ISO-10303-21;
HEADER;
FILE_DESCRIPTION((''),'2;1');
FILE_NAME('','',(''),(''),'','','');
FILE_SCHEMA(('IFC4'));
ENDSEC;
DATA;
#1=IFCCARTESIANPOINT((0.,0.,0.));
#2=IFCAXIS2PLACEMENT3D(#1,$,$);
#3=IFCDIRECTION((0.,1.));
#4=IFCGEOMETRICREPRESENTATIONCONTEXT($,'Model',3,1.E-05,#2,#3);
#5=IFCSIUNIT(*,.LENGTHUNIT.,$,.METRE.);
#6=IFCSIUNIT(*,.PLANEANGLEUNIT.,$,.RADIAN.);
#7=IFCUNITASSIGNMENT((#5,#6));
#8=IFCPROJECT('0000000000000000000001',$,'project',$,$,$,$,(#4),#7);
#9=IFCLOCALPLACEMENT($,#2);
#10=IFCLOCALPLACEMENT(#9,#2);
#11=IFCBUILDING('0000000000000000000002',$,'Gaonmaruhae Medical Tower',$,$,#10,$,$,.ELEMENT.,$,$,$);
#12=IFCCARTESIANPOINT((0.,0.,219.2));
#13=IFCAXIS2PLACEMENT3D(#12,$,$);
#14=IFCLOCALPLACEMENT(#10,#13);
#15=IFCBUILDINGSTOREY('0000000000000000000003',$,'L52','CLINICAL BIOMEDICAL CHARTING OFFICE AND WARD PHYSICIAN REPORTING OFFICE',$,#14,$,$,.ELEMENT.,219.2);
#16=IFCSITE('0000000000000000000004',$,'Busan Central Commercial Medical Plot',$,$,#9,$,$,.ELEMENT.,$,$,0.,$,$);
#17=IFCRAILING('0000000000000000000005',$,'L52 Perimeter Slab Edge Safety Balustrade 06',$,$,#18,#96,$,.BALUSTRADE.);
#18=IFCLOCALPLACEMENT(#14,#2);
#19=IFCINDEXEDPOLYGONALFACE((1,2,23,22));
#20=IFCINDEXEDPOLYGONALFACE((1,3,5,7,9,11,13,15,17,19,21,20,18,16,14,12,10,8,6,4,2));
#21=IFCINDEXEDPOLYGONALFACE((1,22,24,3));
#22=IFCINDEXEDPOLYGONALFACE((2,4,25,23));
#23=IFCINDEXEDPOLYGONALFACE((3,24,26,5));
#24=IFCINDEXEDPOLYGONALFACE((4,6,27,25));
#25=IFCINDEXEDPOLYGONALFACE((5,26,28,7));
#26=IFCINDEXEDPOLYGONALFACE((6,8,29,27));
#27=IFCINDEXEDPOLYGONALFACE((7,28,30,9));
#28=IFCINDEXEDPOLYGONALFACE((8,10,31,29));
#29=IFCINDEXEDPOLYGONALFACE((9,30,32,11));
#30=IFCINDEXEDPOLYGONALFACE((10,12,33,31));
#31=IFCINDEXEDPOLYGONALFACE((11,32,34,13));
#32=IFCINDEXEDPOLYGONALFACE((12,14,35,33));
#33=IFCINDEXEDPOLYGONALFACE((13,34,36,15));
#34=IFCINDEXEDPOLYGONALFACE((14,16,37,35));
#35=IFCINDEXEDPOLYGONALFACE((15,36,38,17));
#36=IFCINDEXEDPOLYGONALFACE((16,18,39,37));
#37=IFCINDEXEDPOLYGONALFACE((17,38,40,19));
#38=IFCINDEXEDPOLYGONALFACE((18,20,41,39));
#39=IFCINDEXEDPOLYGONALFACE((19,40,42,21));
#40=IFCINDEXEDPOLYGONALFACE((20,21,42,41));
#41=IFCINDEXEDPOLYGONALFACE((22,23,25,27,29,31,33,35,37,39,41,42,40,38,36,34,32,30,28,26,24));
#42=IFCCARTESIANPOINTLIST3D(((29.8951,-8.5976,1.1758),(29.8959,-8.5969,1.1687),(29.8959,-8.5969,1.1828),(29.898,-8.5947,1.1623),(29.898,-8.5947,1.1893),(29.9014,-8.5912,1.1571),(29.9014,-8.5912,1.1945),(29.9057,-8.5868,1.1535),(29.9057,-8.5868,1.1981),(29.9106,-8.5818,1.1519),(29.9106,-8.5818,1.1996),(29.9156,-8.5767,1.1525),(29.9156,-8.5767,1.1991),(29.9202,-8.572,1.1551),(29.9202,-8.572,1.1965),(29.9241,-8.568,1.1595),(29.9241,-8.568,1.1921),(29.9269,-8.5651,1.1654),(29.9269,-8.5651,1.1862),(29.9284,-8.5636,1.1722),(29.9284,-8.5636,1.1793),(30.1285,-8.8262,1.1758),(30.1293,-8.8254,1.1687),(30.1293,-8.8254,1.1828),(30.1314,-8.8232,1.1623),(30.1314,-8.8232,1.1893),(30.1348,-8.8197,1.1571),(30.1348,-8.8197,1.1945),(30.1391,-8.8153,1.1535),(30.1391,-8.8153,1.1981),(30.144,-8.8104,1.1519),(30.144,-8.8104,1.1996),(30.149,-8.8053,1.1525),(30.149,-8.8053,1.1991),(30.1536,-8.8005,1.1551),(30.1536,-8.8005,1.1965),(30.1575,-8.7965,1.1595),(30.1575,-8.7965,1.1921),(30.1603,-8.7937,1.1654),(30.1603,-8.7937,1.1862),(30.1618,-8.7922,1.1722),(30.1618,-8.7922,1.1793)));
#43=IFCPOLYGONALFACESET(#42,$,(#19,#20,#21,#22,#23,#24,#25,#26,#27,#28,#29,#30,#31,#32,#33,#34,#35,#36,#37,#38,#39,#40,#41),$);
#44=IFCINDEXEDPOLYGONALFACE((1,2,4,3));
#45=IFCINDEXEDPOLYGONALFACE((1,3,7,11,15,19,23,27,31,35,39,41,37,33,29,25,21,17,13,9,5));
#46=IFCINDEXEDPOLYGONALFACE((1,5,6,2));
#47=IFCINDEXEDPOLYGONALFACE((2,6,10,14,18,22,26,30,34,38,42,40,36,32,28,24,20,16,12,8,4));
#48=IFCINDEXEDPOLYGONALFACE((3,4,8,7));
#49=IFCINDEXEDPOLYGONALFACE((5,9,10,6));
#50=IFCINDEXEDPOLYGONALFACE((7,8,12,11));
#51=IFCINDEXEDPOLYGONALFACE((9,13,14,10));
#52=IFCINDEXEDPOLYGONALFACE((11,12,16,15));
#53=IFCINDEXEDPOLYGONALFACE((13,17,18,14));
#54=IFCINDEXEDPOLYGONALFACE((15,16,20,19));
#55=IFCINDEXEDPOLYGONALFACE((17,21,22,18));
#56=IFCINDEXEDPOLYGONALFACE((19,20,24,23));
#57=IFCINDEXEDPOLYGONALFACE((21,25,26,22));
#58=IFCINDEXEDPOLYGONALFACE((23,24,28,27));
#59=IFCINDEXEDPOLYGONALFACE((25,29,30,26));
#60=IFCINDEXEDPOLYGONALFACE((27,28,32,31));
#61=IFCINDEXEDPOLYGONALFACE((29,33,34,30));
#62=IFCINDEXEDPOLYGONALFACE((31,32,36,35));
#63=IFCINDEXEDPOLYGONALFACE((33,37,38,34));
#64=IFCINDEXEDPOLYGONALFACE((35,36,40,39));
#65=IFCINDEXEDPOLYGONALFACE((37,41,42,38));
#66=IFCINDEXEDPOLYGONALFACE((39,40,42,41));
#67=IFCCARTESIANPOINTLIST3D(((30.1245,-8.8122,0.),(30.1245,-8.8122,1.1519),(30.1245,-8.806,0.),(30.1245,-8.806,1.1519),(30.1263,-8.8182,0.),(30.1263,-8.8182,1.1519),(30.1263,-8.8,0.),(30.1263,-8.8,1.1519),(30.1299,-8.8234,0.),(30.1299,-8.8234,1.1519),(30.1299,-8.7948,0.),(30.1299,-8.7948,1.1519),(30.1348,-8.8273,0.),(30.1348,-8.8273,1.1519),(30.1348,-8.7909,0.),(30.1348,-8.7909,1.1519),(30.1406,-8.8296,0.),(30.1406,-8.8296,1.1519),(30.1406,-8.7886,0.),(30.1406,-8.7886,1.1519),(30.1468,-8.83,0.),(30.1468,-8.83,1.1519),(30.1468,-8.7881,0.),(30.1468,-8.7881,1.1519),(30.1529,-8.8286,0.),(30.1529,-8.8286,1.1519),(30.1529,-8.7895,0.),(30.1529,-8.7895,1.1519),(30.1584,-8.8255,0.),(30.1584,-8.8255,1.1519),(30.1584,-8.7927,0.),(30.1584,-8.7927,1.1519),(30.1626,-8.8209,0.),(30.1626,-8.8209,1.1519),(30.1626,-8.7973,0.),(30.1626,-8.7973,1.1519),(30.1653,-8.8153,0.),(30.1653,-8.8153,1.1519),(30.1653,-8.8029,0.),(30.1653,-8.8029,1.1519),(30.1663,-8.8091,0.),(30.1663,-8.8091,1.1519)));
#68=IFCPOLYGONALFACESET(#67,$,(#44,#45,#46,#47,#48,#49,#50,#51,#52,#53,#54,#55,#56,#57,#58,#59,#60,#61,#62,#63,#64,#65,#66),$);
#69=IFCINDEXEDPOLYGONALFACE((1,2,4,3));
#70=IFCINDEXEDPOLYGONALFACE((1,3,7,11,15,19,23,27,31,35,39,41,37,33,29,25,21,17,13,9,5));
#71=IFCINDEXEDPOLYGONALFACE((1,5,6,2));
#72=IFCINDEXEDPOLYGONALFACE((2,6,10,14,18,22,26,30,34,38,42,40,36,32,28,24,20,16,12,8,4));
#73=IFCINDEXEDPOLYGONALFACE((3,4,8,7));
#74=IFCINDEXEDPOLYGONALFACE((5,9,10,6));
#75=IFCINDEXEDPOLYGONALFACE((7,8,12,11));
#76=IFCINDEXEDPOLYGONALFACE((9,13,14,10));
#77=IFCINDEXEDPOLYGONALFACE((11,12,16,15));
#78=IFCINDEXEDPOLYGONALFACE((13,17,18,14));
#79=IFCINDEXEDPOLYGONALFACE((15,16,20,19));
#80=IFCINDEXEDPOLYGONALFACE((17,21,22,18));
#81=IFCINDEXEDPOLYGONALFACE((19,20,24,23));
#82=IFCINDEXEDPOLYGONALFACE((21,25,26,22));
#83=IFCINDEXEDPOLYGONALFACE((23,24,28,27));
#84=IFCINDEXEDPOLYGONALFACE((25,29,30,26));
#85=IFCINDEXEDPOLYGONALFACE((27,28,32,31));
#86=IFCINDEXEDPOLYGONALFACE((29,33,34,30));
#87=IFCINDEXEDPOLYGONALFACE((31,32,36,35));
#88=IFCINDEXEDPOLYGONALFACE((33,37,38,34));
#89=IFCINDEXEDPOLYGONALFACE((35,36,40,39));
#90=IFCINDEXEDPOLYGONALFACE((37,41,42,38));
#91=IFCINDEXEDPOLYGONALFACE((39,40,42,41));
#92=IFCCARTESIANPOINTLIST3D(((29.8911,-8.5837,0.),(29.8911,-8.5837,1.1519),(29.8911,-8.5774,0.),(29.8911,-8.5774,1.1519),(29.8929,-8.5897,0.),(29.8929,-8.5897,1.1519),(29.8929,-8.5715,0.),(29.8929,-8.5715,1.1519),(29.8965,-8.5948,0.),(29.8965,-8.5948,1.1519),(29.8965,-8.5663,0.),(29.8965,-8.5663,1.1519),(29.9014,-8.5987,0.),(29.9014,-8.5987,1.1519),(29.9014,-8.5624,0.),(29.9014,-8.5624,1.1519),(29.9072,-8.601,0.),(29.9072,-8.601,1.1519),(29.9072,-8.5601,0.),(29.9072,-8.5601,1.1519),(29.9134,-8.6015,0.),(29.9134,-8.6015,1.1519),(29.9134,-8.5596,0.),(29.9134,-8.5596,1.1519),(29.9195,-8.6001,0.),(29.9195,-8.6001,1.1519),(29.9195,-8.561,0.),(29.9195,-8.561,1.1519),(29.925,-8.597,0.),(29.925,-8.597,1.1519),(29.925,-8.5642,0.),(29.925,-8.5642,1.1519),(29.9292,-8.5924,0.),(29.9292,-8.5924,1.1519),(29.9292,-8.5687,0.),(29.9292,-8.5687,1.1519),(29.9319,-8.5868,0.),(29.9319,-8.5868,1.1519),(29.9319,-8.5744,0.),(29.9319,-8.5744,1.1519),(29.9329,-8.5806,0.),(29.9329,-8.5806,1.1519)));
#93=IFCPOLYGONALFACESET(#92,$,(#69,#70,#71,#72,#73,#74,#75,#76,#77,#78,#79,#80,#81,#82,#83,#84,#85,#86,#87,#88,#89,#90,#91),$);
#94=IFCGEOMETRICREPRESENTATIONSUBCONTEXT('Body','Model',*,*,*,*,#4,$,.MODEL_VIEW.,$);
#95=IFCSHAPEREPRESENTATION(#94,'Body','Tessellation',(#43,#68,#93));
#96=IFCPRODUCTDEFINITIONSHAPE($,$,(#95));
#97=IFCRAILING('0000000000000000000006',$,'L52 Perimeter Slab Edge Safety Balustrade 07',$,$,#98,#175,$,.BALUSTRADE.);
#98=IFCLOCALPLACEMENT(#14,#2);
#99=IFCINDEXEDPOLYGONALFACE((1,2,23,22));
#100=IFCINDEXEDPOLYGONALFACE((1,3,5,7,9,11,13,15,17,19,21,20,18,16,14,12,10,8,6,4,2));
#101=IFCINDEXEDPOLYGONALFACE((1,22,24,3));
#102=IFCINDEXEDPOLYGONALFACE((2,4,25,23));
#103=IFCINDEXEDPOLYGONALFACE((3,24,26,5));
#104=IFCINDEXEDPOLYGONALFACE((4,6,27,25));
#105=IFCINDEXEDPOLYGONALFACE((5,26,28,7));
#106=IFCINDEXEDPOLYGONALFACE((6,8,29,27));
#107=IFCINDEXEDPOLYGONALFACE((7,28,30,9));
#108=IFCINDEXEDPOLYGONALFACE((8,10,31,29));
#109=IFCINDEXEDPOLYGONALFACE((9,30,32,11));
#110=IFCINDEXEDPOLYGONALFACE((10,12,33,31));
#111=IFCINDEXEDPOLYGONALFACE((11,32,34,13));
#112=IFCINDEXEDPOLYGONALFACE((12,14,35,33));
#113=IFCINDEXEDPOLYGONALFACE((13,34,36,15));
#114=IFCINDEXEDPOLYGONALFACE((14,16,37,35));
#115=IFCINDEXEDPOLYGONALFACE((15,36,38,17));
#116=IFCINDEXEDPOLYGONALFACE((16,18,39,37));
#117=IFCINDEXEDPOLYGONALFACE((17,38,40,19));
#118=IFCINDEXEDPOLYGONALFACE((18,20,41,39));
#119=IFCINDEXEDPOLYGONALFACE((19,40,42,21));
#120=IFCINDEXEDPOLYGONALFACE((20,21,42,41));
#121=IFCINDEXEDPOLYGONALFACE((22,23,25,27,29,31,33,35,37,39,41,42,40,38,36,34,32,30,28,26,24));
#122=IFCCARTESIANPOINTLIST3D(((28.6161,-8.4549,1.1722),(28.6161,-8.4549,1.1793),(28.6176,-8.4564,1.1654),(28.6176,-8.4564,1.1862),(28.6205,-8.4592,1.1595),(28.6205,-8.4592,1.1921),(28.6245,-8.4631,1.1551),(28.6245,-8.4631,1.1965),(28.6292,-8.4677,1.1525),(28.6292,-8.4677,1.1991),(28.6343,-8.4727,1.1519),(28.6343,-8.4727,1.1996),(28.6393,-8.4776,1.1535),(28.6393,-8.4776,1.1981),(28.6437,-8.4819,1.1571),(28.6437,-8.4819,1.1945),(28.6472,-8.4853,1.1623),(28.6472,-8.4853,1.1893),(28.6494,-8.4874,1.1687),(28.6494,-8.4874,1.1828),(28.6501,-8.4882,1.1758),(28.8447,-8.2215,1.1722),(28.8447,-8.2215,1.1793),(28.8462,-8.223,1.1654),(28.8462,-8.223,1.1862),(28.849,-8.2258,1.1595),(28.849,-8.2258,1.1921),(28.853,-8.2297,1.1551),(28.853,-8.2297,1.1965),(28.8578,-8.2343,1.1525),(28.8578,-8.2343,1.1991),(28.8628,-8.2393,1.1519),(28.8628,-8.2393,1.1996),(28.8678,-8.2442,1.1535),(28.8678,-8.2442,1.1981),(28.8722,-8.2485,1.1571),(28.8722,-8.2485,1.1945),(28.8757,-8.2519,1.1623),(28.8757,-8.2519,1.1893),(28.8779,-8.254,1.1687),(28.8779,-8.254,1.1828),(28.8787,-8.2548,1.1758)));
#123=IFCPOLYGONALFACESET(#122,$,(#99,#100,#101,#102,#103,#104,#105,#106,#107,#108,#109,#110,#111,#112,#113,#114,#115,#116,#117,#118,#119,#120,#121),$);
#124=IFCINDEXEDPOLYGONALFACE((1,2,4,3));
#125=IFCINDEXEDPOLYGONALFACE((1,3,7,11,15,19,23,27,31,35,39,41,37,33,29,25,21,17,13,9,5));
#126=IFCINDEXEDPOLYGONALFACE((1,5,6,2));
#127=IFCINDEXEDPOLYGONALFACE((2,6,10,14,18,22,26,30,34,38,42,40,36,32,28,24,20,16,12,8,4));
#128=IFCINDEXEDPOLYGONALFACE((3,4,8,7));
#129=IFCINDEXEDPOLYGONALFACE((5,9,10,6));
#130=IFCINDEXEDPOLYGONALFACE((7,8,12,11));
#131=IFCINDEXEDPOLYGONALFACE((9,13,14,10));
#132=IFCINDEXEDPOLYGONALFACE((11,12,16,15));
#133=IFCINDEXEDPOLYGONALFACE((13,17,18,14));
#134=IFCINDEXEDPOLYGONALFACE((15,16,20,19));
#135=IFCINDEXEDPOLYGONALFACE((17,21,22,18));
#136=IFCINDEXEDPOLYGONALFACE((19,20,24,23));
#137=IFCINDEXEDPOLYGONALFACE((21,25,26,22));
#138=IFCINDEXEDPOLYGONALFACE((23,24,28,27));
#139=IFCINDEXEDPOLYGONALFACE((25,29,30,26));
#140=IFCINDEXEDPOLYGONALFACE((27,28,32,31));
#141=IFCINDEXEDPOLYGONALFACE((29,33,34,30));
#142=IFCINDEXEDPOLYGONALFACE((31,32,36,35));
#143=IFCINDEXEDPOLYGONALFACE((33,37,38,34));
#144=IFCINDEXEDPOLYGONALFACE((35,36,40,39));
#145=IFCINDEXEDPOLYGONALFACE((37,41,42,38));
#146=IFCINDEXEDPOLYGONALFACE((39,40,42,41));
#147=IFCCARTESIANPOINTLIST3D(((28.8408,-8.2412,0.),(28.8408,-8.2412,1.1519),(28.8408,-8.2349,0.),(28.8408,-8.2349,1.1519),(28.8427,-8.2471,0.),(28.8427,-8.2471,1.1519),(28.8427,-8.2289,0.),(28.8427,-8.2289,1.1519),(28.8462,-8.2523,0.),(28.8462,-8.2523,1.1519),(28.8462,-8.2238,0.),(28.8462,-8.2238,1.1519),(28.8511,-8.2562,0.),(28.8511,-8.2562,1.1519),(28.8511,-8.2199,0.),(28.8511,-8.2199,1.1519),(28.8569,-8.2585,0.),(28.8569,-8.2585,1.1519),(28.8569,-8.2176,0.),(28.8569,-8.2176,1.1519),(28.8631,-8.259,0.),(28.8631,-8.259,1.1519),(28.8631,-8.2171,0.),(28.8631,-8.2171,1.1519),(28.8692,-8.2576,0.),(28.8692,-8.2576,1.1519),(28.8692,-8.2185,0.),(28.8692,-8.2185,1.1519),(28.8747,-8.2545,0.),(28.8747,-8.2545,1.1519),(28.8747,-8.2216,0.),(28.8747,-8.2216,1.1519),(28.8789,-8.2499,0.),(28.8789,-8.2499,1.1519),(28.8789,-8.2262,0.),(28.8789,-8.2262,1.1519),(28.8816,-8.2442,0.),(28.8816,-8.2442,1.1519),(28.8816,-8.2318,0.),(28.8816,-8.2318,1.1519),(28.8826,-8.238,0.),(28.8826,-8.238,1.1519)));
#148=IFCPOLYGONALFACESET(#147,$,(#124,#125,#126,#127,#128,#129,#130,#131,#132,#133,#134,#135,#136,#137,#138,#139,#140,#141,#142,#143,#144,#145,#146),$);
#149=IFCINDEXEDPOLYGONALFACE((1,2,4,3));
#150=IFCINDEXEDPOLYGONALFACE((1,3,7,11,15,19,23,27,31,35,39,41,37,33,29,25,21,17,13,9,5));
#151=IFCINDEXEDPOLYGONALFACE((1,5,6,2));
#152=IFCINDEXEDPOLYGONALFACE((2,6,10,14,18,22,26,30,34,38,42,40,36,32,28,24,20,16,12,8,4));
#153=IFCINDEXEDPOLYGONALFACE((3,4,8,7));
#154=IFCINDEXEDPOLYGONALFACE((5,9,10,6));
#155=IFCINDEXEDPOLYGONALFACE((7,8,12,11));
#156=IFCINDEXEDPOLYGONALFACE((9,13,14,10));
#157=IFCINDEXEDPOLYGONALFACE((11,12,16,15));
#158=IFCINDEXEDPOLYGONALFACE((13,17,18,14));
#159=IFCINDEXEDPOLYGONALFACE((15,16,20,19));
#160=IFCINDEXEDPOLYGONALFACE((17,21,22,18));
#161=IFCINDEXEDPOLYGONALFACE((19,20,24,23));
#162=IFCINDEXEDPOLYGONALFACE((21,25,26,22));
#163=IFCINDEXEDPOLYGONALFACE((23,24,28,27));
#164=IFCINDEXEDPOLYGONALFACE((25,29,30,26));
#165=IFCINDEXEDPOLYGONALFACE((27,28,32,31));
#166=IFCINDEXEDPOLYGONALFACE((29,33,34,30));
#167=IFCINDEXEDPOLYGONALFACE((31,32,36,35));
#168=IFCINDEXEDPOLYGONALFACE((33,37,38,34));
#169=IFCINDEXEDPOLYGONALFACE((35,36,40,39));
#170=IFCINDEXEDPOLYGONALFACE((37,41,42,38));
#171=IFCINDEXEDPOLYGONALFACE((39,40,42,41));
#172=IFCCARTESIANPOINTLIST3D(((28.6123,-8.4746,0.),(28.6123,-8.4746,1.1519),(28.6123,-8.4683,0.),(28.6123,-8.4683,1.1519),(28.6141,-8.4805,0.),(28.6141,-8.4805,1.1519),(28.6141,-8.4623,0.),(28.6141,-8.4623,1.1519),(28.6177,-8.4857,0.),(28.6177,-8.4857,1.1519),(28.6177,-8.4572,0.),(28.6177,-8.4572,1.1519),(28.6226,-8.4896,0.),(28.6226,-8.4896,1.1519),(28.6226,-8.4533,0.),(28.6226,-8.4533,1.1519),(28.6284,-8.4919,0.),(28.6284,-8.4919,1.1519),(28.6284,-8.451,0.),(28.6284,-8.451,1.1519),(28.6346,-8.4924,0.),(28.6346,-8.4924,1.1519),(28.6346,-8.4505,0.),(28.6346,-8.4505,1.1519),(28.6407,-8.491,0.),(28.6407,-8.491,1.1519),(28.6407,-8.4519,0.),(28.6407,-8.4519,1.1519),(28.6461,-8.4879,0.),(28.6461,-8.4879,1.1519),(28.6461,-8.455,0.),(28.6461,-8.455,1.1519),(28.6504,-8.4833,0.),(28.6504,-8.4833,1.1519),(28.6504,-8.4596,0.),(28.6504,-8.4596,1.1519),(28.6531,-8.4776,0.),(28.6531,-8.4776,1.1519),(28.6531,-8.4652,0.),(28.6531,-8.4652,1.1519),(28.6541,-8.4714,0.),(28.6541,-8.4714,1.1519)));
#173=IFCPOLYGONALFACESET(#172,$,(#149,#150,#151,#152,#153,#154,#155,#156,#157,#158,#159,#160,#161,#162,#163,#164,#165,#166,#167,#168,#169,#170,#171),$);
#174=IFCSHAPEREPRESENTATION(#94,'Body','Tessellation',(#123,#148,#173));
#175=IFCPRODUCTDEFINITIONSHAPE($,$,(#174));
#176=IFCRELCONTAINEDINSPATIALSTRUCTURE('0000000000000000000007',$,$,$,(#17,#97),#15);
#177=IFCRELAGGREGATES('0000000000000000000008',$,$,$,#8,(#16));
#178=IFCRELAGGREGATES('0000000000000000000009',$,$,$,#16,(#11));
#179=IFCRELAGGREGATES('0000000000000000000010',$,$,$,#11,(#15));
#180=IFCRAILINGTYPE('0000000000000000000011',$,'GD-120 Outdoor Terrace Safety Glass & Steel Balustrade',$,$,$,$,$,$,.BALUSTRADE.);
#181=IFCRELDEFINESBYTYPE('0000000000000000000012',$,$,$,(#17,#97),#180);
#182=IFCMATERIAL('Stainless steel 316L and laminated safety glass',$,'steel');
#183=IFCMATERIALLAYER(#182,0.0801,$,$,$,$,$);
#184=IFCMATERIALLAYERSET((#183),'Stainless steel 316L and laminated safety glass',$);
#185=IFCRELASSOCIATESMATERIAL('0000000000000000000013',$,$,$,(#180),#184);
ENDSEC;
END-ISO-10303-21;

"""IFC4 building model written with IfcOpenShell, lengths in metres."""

from ifc_helpers import new_model, si_unit, direction, frame, origin, origin_2d, place, context, subcontext, project, spatial, circle, extrude, material, layer, layer_set, type_object, element, save


model = new_model("IFC4")

# Units and contexts
model_context = context("Model", 3, precision=1e-05, world=origin(), true_north=direction((0.0, 1.0)))
body_context = subcontext(model_context, "Body", "Model", "MODEL_VIEW")
ifc_project = project(units=[si_unit("LENGTHUNIT", "METRE"), si_unit("PLANEANGLEUNIT", "RADIAN")], contexts=[model_context])

# Site, building, storey
site_placement = place(None, origin())
site = spatial("IfcSite", under=ifc_project, at=site_placement, Name="Busan Central Commercial Medical Plot", CompositionType="ELEMENT", RefElevation=0.0)
building_placement = place(site_placement, origin())
building = spatial("IfcBuilding", under=site, at=building_placement, Name="Gaonmaruhae Medical Tower", CompositionType="ELEMENT")
storey_placement = place(building_placement, frame((0.0, 0.0, 219.2)))
storey = spatial("IfcBuildingStorey", under=building, at=storey_placement, Name="L52", Description="CLINICAL BIOMEDICAL CHARTING OFFICE AND WARD PHYSICIAN REPORTING OFFICE", CompositionType="ELEMENT", Elevation=219.2)

# Railings
ifc_material_1 = material(Name="Stainless steel 316L and laminated safety glass", Category="steel")
ifc_layer_1 = layer(ifc_material_1, 0.0801)
ifc_layer_set_1 = layer_set([ifc_layer_1], Name="Stainless steel 316L and laminated safety glass")
railing_type = type_object("IfcRailingType", Name="GD-120 Outdoor Terrace Safety Glass & Steel Balustrade", PredefinedType="BALUSTRADE", material=ifc_layer_set_1)
railing_1_placement = place(storey_placement, frame((30.1453, -8.8091, 0.0)))
element("IfcRailing", 1, at=railing_1_placement, inside=storey, type_object=railing_type, Name="L52 Perimeter Slab Edge Safety Balustrade 06", PredefinedType="BALUSTRADE", context=body_context, shape_type="SweptSolid", body=[
    extrude(circle(Radius=0.0239, at=origin_2d()), frame((0.0, 0.0, 1.1758), z_axis=(-0.714542, 0.699593, 0.0), x_axis=(-0.699593, -0.714542, 0.0)), (0.0, 0.0, 1.0), 0.3267),
    extrude(circle(Radius=0.021, at=origin_2d()), origin(), (0.0, 0.0, 1.0), 1.1519),
    extrude(circle(Radius=0.021, at=origin_2d()), frame((-0.2334, 0.2285, 0.0)), (0.0, 0.0, 1.0), 1.1519),
])
railing_2_placement = place(storey_placement, frame((28.8616, -8.238, 0.0)))
element("IfcRailing", 2, at=railing_2_placement, inside=storey, type_object=railing_type, Name="L52 Perimeter Slab Edge Safety Balustrade 07", PredefinedType="BALUSTRADE", context=body_context, shape_type="SweptSolid", body=[
    extrude(circle(Radius=0.0239, at=origin_2d()), frame((0.0, 0.0, 1.1758), z_axis=(-0.699593, -0.714542, 0.0), x_axis=(0.714542, -0.699593, 0.0)), (0.0, 0.0, 1.0), 0.3267),
    extrude(circle(Radius=0.021, at=origin_2d()), origin(), (0.0, 0.0, 1.0), 1.1519),
    extrude(circle(Radius=0.021, at=origin_2d()), frame((-0.2285, -0.2334, 0.0)), (0.0, 0.0, 1.0), 1.1519),
])

save(model, "model.ifc")
